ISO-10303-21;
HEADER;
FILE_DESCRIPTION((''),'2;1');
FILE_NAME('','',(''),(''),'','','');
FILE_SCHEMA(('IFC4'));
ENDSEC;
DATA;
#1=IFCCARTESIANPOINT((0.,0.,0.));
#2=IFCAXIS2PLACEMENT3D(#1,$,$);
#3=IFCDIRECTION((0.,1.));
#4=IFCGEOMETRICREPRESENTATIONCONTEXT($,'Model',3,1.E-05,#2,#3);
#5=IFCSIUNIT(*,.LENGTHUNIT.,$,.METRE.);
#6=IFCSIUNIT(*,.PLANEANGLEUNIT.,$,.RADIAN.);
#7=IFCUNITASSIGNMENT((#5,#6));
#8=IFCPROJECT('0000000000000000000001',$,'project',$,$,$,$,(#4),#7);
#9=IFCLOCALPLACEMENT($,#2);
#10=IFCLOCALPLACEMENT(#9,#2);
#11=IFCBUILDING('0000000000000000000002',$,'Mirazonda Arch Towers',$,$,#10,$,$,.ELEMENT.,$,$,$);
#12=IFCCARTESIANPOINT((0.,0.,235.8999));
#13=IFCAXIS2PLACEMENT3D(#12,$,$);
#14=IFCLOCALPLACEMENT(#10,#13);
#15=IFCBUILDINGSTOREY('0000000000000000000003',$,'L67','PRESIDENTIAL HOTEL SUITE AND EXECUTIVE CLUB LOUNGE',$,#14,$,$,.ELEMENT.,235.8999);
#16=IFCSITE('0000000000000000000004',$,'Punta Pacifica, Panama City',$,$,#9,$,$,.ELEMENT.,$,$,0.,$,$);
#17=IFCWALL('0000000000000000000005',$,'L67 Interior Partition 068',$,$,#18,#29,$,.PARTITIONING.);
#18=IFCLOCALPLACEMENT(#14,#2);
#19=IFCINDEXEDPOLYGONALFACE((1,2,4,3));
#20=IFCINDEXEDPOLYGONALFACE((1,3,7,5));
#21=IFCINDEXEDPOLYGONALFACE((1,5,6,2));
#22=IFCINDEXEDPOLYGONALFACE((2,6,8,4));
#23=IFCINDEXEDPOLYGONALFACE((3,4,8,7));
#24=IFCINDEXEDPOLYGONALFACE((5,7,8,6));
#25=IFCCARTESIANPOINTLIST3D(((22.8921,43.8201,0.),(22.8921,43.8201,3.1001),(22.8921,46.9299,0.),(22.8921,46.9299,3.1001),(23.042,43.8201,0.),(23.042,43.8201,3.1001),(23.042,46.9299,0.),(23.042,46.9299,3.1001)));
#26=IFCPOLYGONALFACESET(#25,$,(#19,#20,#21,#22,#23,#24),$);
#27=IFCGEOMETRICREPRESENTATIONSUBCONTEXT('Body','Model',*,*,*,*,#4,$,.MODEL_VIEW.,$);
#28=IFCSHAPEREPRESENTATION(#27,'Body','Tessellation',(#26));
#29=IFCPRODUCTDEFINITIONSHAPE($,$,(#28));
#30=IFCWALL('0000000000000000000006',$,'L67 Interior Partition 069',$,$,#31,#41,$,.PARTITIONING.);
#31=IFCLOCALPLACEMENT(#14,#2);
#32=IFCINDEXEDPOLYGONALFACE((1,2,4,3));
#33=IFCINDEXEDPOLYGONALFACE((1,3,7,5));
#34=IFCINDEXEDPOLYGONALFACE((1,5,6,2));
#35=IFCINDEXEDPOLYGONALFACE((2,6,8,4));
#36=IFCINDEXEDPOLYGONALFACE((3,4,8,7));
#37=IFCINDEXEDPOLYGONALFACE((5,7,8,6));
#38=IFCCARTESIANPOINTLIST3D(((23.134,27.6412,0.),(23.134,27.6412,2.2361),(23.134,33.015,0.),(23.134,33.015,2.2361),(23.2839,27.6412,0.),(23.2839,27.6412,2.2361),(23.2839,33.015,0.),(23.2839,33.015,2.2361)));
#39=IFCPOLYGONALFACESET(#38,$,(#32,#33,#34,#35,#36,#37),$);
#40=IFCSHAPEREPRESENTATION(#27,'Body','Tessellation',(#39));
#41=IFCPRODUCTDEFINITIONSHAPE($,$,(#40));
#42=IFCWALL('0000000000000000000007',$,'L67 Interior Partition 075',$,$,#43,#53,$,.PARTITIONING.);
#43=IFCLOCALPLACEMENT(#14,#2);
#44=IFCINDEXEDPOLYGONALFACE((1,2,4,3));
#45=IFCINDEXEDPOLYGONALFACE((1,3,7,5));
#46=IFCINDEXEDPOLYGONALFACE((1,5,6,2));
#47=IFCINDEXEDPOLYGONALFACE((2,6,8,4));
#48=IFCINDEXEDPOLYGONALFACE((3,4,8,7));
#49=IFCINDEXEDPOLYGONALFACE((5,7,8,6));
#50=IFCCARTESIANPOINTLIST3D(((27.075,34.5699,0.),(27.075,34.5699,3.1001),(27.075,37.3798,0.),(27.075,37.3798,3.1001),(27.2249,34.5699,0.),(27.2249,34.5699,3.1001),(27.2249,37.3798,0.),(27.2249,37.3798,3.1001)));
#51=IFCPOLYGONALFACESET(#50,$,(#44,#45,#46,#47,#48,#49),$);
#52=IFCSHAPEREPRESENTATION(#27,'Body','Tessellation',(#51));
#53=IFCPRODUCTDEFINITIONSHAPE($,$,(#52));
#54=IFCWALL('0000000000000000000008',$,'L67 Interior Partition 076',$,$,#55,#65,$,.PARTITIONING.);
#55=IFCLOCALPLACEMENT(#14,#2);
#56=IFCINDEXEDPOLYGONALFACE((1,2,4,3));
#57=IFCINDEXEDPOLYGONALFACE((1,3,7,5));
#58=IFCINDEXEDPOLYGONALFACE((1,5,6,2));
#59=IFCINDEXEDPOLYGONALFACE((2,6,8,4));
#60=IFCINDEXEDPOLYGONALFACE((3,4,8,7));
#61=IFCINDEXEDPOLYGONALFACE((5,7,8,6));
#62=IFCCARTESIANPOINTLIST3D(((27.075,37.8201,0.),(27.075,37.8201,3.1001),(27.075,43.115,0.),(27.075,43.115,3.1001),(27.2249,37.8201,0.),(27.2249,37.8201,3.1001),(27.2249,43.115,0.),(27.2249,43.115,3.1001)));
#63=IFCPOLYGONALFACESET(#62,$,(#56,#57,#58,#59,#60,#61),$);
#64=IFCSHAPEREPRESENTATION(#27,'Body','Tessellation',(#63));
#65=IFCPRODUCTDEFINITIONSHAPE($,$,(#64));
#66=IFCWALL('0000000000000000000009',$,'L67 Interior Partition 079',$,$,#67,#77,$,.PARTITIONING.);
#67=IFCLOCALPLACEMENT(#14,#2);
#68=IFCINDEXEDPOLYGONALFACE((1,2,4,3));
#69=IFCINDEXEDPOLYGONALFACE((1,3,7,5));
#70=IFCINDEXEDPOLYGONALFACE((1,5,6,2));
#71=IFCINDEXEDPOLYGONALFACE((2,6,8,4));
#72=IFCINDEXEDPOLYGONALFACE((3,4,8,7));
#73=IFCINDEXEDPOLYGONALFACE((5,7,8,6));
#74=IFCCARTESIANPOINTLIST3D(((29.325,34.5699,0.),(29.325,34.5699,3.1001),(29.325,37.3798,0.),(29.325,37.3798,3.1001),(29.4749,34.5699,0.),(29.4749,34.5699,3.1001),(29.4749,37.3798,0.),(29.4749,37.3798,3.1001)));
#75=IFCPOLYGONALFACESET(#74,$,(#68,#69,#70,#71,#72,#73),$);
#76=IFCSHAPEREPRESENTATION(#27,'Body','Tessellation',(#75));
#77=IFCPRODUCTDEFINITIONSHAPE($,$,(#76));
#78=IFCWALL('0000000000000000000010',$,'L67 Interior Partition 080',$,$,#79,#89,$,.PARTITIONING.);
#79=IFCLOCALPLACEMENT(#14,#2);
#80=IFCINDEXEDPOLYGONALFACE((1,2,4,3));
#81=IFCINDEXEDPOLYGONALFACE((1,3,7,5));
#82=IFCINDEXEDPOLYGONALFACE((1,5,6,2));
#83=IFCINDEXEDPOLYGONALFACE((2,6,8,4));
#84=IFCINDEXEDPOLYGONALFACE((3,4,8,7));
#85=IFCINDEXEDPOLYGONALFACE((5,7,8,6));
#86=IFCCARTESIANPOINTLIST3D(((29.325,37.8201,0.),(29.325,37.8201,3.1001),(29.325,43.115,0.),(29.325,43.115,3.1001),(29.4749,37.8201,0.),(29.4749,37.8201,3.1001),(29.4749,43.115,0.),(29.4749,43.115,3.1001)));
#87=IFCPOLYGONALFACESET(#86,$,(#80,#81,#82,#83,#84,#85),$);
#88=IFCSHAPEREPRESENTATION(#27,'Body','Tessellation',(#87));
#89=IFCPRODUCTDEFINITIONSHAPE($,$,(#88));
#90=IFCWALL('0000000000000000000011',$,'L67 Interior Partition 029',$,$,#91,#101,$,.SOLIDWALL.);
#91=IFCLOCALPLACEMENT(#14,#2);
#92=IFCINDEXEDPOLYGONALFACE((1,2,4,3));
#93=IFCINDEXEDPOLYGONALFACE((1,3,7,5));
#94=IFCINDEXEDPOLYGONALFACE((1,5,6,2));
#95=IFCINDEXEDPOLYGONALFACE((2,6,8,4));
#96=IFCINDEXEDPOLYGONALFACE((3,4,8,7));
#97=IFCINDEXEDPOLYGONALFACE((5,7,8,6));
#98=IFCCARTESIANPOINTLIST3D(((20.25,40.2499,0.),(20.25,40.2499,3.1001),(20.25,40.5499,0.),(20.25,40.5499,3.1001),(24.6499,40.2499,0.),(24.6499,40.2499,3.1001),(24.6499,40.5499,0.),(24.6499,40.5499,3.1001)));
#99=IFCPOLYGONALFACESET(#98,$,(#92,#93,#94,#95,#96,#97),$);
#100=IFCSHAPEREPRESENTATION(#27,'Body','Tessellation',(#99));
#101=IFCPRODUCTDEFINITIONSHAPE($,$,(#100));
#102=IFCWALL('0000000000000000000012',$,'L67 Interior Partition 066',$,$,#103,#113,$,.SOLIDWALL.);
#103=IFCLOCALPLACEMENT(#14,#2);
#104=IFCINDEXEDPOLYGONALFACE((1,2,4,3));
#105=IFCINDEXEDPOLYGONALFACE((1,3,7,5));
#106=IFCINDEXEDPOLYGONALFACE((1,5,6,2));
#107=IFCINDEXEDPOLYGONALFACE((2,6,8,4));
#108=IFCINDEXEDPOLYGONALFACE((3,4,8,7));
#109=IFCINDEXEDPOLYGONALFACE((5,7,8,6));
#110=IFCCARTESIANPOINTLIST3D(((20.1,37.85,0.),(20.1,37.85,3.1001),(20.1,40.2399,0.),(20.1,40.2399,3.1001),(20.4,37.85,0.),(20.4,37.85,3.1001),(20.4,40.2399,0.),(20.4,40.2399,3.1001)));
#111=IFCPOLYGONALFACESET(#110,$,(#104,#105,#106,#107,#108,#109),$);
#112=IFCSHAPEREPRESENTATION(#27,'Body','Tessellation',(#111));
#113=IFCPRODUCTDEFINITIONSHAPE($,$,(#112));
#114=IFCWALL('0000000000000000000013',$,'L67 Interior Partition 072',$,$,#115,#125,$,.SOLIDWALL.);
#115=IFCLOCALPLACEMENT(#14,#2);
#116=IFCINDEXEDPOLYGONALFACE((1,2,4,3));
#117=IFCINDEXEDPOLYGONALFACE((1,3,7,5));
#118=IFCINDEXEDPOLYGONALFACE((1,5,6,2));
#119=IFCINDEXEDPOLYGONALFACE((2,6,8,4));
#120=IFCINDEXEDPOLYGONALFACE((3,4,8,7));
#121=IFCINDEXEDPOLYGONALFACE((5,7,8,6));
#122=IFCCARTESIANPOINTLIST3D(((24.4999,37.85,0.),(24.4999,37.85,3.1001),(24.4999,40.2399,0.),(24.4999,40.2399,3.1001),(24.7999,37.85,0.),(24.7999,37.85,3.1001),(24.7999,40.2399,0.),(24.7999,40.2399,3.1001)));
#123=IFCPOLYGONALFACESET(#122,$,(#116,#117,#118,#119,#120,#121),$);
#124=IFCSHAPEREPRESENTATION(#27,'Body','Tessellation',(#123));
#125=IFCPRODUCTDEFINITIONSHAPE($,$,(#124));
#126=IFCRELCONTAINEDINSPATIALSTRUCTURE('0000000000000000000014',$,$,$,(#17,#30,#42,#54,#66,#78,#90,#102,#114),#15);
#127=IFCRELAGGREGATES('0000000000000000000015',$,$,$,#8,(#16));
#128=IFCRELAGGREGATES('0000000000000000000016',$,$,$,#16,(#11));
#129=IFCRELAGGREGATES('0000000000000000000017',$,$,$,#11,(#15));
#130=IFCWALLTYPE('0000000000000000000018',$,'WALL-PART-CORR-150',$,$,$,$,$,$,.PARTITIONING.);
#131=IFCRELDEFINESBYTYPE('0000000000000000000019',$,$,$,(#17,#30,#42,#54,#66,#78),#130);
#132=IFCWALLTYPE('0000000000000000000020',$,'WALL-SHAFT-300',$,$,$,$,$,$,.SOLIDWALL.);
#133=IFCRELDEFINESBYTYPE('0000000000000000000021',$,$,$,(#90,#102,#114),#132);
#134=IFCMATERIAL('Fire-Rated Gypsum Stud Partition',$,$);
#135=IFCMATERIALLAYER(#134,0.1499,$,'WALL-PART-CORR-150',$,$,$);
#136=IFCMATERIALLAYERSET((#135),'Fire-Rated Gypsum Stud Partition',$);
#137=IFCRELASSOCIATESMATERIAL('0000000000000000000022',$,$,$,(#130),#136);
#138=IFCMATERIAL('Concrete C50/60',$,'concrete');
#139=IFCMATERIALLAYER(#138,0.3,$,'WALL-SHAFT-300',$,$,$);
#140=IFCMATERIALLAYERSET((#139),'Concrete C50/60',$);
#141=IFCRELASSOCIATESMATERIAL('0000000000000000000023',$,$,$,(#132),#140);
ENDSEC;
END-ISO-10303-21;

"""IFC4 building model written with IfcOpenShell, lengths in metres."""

from ifc_helpers import new_model, si_unit, direction, frame, frame_2d, origin, place, context, subcontext, project, spatial, rectangle, extrude, material, layer, layer_set, type_object, element, save


model = new_model("IFC4")

# Units and contexts
model_context = context("Model", 3, precision=1e-05, world=origin(), true_north=direction((0.0, 1.0)))
body_context = subcontext(model_context, "Body", "Model", "MODEL_VIEW")
ifc_project = project(units=[si_unit("LENGTHUNIT", "METRE"), si_unit("PLANEANGLEUNIT", "RADIAN")], contexts=[model_context])

# Site, building, storey
site_placement = place(None, origin())
site = spatial("IfcSite", under=ifc_project, at=site_placement, Name="Punta Pacifica, Panama City", CompositionType="ELEMENT", RefElevation=0.0)
building_placement = place(site_placement, origin())
building = spatial("IfcBuilding", under=site, at=building_placement, Name="Mirazonda Arch Towers", CompositionType="ELEMENT")
storey_placement = place(building_placement, frame((0.0, 0.0, 235.8999)))
storey = spatial("IfcBuildingStorey", under=building, at=storey_placement, Name="L67", Description="PRESIDENTIAL HOTEL SUITE AND EXECUTIVE CLUB LOUNGE", CompositionType="ELEMENT", Elevation=235.8999)

# Shared definitions
ifc_material_1 = material(Name="Concrete C50/60", Category="concrete")

# Walls
ifc_material_2 = material(Name="Fire-Rated Gypsum Stud Partition")
ifc_layer_1 = layer(ifc_material_2, 0.1499, Name="WALL-PART-CORR-150")
ifc_layer_set_1 = layer_set([ifc_layer_1], Name="Fire-Rated Gypsum Stud Partition")
wall_type_1 = type_object("IfcWallType", Name="WALL-PART-CORR-150", PredefinedType="PARTITIONING", material=ifc_layer_set_1)
wall_1_placement = place(storey_placement, frame((22.967, 43.8201, 0.0), z_axis=(0.0, 0.0, 1.0), x_axis=(0.0, 1.0, 0.0)))
element("IfcWall", 1, at=wall_1_placement, inside=storey, type_object=wall_type_1, Name="L67 Interior Partition 068", PredefinedType="PARTITIONING", context=body_context, shape_type="SweptSolid", body=[
    extrude(rectangle(XDim=3.1099, YDim=0.1499, at=frame_2d((1.5549, 0.0))), origin(), (0.0, 0.0, 1.0), 3.1001),
])
wall_2_placement = place(storey_placement, frame((23.209, 27.6411, 0.0), z_axis=(0.0, 0.0, 1.0), x_axis=(0.0, 1.0, 0.0)))
element("IfcWall", 2, at=wall_2_placement, inside=storey, type_object=wall_type_1, Name="L67 Interior Partition 069", PredefinedType="PARTITIONING", context=body_context, shape_type="SweptSolid", body=[
    extrude(rectangle(XDim=5.3738, YDim=0.1499, at=frame_2d((2.687, 0.0))), origin(), (0.0, 0.0, 1.0), 2.2361),
])
wall_3_placement = place(storey_placement, frame((27.1499, 34.5701, 0.0), z_axis=(0.0, 0.0, 1.0), x_axis=(0.0, 1.0, 0.0)))
element("IfcWall", 3, at=wall_3_placement, inside=storey, type_object=wall_type_1, Name="L67 Interior Partition 075", PredefinedType="PARTITIONING", context=body_context, shape_type="SweptSolid", body=[
    extrude(rectangle(XDim=2.8098, YDim=0.1499, at=frame_2d((1.4048, 0.0))), origin(), (0.0, 0.0, 1.0), 3.1001),
])
wall_4_placement = place(storey_placement, frame((27.1499, 37.8201, 0.0), z_axis=(0.0, 0.0, 1.0), x_axis=(0.0, 1.0, 0.0)))
element("IfcWall", 4, at=wall_4_placement, inside=storey, type_object=wall_type_1, Name="L67 Interior Partition 076", PredefinedType="PARTITIONING", context=body_context, shape_type="SweptSolid", body=[
    extrude(rectangle(XDim=5.2949, YDim=0.1499, at=frame_2d((2.6475, 0.0))), origin(), (0.0, 0.0, 1.0), 3.1001),
])
wall_5_placement = place(storey_placement, frame((29.3999, 34.5701, 0.0), z_axis=(0.0, 0.0, 1.0), x_axis=(0.0, 1.0, 0.0)))
element("IfcWall", 5, at=wall_5_placement, inside=storey, type_object=wall_type_1, Name="L67 Interior Partition 079", PredefinedType="PARTITIONING", context=body_context, shape_type="SweptSolid", body=[
    extrude(rectangle(XDim=2.8098, YDim=0.1499, at=frame_2d((1.4048, 0.0))), origin(), (0.0, 0.0, 1.0), 3.1001),
])
wall_6_placement = place(storey_placement, frame((29.3999, 37.8201, 0.0), z_axis=(0.0, 0.0, 1.0), x_axis=(0.0, 1.0, 0.0)))
element("IfcWall", 6, at=wall_6_placement, inside=storey, type_object=wall_type_1, Name="L67 Interior Partition 080", PredefinedType="PARTITIONING", context=body_context, shape_type="SweptSolid", body=[
    extrude(rectangle(XDim=5.2949, YDim=0.1499, at=frame_2d((2.6475, 0.0))), origin(), (0.0, 0.0, 1.0), 3.1001),
])
ifc_layer_2 = layer(ifc_material_1, 0.3, Name="WALL-SHAFT-300")
ifc_layer_set_2 = layer_set([ifc_layer_2], Name="Concrete C50/60")
wall_type_2 = type_object("IfcWallType", Name="WALL-SHAFT-300", PredefinedType="SOLIDWALL", material=ifc_layer_set_2)
wall_7_placement = place(storey_placement, frame((20.25, 40.3999, 0.0), z_axis=(0.0, 0.0, 1.0), x_axis=(1.0, 0.0, 0.0)))
element("IfcWall", 7, at=wall_7_placement, inside=storey, type_object=wall_type_2, Name="L67 Interior Partition 029", PredefinedType="SOLIDWALL", context=body_context, shape_type="SweptSolid", body=[
    extrude(rectangle(XDim=4.3999, YDim=0.3, at=frame_2d((2.2, 0.0))), origin(), (0.0, 0.0, 1.0), 3.1001),
])
for number, where, z_axis, x_axis, name in (
    (8, (20.25, 37.8501, 0.0), (0.0, 0.0, 1.0), (0.0, 1.0, 0.0), "L67 Interior Partition 066"),
    (9, (24.6499, 37.8501, 0.0), (0.0, 0.0, 1.0), (0.0, 1.0, 0.0), "L67 Interior Partition 072"),
):
    element("IfcWall", number, at=place(storey_placement, frame(where, z_axis=z_axis, x_axis=x_axis)), inside=storey, type_object=wall_type_2, Name=name, PredefinedType="SOLIDWALL", context=body_context, shape_type="SweptSolid", body=[
        extrude(rectangle(XDim=2.3899, YDim=0.3, at=frame_2d((1.1948, 0.0))), origin(), (0.0, 0.0, 1.0), 3.1001),
    ])

save(model, "model.ifc")
